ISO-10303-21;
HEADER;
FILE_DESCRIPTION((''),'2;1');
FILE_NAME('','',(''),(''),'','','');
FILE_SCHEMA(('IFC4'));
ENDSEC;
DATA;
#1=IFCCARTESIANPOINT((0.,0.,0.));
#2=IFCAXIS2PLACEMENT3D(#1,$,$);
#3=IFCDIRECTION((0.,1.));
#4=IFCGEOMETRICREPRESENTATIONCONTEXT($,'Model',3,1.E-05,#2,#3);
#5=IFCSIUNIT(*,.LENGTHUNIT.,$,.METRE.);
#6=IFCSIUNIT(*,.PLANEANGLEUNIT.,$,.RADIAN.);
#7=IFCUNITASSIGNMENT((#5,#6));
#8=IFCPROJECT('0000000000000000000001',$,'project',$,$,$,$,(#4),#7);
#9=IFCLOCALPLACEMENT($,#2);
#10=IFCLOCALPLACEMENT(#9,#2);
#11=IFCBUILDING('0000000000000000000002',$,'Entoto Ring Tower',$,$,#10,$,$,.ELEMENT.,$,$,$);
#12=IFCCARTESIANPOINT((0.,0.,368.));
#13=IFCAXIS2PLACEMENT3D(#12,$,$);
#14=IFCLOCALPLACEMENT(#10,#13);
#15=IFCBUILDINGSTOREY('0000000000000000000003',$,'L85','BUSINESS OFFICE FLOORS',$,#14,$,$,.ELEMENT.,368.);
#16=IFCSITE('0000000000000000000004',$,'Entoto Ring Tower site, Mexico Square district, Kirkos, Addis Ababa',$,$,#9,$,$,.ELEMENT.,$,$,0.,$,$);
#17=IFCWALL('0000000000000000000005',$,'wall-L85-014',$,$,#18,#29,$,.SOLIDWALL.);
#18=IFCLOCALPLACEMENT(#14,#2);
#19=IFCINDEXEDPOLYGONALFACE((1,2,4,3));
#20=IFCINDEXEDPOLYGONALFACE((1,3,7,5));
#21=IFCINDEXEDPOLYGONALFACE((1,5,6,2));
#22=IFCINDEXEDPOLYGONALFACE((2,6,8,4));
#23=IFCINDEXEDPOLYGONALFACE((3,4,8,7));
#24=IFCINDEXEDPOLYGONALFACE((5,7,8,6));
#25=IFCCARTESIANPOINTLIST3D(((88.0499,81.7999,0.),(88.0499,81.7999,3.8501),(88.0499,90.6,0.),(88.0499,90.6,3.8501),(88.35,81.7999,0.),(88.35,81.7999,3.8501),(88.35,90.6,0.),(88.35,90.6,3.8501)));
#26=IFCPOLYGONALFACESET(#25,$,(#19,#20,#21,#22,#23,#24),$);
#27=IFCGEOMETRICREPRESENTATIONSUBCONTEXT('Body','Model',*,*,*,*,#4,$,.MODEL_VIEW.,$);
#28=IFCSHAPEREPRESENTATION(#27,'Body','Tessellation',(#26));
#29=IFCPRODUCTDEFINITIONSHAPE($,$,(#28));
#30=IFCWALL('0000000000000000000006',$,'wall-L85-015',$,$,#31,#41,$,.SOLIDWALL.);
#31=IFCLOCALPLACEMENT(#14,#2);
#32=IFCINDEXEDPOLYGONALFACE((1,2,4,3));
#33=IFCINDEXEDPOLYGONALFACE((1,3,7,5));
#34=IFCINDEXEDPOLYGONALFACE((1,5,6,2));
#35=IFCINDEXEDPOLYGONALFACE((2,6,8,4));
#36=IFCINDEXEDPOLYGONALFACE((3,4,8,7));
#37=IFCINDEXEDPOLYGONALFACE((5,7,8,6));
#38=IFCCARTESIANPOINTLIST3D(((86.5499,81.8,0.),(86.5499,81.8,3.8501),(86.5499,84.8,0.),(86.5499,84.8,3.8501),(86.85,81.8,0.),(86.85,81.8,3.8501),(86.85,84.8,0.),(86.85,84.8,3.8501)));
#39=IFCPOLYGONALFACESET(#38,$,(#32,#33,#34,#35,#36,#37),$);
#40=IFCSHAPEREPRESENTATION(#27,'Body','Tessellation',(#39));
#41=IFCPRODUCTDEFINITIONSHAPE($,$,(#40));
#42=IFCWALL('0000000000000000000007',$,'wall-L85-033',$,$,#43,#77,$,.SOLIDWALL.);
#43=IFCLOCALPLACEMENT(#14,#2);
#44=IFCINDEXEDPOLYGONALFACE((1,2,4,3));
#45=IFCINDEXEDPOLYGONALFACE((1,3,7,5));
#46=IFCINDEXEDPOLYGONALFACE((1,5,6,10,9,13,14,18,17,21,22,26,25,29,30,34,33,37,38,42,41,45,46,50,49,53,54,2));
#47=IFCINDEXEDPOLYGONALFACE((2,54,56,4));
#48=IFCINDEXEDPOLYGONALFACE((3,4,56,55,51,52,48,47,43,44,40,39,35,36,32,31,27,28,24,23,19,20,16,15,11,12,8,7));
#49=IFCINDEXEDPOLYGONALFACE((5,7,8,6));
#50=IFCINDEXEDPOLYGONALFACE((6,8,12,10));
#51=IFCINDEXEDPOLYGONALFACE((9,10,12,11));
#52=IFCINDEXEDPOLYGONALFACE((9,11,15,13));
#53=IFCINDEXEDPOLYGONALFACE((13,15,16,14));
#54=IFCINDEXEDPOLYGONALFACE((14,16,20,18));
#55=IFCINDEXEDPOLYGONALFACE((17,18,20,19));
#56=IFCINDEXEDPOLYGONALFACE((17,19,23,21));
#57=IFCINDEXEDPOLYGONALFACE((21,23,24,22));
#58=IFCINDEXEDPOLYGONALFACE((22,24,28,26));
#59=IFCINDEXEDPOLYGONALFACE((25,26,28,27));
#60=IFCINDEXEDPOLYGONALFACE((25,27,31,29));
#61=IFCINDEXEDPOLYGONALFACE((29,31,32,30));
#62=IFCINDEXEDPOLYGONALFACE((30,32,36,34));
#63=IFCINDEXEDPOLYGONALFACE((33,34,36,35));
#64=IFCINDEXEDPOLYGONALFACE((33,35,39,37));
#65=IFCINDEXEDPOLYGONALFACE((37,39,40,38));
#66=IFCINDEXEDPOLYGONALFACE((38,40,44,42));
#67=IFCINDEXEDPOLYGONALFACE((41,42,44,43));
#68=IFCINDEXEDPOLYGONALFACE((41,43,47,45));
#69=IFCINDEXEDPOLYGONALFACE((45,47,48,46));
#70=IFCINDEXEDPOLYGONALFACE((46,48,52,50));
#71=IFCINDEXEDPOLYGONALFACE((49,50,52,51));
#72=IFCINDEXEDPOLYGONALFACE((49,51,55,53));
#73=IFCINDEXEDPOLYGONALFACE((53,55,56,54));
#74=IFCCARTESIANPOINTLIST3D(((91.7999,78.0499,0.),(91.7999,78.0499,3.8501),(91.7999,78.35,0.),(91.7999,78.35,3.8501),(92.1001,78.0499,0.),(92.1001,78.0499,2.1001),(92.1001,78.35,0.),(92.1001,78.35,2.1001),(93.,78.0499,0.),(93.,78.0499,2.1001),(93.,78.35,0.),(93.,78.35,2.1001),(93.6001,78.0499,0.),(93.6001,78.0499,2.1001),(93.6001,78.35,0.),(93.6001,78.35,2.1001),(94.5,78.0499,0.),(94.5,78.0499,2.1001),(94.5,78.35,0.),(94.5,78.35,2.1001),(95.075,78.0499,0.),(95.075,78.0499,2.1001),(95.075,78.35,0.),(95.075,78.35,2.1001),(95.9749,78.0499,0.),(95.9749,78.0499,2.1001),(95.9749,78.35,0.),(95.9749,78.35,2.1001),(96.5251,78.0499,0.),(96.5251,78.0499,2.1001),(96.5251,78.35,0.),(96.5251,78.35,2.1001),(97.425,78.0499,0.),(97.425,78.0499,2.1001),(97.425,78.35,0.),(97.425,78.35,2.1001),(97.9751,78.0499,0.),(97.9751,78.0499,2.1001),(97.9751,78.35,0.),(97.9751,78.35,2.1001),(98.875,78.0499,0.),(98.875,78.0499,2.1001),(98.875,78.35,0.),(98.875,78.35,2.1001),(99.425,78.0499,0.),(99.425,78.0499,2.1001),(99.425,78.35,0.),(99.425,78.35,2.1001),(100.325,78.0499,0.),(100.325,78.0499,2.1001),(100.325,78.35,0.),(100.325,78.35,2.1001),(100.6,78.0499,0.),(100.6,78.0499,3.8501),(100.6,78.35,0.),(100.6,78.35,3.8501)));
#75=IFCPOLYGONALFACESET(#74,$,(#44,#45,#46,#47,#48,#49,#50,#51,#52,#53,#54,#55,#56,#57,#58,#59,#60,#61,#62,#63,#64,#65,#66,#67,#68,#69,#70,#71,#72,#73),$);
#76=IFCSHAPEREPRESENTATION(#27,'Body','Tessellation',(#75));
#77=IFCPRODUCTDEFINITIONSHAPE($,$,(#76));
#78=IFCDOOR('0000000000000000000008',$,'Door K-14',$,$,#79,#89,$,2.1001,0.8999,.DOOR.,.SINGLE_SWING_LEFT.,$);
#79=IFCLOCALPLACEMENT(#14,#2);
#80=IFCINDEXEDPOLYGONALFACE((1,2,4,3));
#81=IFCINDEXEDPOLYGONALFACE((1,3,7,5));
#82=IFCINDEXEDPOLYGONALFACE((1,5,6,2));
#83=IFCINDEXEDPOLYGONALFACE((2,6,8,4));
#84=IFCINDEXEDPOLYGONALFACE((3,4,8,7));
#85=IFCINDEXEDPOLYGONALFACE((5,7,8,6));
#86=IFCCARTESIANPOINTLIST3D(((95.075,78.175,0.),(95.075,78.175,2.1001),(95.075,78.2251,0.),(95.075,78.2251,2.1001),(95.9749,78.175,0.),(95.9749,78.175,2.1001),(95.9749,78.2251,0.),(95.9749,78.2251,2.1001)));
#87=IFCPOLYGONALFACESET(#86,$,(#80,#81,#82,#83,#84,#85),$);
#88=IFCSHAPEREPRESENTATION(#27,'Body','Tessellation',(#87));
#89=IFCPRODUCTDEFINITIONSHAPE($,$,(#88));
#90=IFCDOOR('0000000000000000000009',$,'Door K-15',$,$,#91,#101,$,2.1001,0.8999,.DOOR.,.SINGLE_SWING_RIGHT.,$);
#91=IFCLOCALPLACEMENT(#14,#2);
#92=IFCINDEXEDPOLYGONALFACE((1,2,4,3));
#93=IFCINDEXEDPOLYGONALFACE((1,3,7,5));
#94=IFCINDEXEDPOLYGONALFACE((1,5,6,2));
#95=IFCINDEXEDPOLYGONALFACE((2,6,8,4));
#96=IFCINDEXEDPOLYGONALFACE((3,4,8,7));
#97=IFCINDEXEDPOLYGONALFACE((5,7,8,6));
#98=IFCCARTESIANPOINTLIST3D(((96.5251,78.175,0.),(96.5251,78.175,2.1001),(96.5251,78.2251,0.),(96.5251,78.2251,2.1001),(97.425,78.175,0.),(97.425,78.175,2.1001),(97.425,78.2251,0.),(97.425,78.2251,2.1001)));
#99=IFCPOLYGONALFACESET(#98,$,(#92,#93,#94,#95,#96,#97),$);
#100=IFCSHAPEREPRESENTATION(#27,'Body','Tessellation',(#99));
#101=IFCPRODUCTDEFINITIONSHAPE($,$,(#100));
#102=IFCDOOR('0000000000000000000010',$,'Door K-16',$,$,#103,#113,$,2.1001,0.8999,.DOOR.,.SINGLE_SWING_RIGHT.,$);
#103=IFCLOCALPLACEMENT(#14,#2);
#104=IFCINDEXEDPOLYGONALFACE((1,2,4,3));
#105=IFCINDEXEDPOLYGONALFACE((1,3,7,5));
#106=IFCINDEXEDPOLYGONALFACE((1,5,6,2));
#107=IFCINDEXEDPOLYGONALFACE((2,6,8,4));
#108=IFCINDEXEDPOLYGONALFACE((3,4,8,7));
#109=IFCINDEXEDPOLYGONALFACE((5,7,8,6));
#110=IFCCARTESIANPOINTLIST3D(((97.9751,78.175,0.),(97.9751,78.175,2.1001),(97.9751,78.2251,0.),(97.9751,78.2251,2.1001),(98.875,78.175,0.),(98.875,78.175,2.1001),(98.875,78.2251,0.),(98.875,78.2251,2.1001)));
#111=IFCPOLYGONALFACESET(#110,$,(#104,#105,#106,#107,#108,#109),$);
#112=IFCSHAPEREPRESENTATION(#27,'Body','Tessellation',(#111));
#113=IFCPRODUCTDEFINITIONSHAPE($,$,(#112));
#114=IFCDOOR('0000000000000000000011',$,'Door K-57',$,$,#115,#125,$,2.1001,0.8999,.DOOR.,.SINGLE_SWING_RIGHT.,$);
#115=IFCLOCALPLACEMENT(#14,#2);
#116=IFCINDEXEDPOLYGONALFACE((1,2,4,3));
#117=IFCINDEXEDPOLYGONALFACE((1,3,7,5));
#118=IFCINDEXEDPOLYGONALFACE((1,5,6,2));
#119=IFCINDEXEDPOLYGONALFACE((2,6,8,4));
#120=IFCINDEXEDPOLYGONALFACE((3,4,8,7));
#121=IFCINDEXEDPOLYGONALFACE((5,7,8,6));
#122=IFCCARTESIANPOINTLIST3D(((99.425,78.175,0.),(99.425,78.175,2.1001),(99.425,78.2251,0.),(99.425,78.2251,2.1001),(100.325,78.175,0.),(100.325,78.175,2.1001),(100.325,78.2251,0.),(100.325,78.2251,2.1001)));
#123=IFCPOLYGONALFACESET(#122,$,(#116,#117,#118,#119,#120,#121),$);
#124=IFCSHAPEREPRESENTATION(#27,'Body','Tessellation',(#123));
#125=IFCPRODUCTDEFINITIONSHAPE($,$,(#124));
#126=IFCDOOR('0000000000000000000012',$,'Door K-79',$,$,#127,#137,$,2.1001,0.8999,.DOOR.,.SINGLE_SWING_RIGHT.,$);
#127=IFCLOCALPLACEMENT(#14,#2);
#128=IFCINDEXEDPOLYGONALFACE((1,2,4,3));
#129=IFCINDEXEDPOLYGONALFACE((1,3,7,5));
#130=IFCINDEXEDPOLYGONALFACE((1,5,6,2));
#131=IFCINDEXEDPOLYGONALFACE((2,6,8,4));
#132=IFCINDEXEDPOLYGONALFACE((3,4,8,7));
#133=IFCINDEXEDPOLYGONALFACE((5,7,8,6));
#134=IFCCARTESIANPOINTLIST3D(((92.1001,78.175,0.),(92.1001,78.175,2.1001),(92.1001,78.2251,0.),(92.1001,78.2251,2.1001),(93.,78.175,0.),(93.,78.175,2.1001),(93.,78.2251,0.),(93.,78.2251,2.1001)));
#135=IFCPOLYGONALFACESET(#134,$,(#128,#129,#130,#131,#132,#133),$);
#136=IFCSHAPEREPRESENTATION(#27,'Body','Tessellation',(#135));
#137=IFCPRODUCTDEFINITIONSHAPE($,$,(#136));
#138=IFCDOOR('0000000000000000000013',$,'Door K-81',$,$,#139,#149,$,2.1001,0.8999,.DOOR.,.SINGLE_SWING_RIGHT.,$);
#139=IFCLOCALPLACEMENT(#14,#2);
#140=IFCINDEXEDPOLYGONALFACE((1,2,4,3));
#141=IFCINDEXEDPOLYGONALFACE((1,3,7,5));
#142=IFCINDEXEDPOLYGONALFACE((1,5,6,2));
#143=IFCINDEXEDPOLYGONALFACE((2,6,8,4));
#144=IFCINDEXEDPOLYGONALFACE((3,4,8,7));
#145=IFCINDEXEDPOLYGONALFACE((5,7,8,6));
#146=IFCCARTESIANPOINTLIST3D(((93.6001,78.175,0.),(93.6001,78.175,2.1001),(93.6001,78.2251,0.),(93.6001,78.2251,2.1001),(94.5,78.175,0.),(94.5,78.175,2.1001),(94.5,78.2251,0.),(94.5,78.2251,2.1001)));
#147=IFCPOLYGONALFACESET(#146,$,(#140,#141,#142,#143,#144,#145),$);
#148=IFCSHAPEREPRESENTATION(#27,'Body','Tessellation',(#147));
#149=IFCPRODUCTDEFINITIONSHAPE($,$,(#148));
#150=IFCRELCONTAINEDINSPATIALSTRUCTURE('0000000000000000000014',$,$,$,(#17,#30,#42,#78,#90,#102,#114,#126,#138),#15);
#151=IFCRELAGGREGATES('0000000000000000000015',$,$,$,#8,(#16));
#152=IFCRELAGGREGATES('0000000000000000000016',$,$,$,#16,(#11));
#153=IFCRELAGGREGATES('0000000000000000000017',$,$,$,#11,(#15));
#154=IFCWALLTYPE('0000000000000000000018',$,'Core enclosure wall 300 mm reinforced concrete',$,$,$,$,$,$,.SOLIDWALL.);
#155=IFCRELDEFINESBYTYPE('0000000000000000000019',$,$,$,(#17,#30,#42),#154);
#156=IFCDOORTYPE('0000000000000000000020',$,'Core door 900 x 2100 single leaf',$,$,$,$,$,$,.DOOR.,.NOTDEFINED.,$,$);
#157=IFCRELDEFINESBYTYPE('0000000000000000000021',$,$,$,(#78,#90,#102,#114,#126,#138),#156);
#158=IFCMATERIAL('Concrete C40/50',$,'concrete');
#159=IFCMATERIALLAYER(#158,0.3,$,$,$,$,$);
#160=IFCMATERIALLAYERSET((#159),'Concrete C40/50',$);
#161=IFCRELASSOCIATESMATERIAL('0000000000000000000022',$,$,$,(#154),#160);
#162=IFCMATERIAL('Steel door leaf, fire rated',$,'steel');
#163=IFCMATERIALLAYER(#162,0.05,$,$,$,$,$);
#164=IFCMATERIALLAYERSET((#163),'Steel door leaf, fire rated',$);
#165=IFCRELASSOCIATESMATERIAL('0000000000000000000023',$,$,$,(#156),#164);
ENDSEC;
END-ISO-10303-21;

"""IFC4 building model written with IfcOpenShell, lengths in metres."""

from ifc_helpers import new_model, si_unit, direction, frame, frame_2d, origin, place, context, subcontext, project, spatial, rectangle, extrude, material, layer, layer_set, type_object, element, fill, save


model = new_model("IFC4")

# Units and contexts
model_context = context("Model", 3, precision=1e-05, world=origin(), true_north=direction((0.0, 1.0)))
body_context = subcontext(model_context, "Body", "Model", "MODEL_VIEW")
ifc_project = project(units=[si_unit("LENGTHUNIT", "METRE"), si_unit("PLANEANGLEUNIT", "RADIAN")], contexts=[model_context])

# Site, building, storey
site_placement = place(None, origin())
site = spatial("IfcSite", under=ifc_project, at=site_placement, Name="Entoto Ring Tower site, Mexico Square district, Kirkos, Addis Ababa", CompositionType="ELEMENT", RefElevation=0.0)
building_placement = place(site_placement, origin())
building = spatial("IfcBuilding", under=site, at=building_placement, Name="Entoto Ring Tower", CompositionType="ELEMENT")
storey_placement = place(building_placement, frame((0.0, 0.0, 368.0)))
storey = spatial("IfcBuildingStorey", under=building, at=storey_placement, Name="L85", Description="BUSINESS OFFICE FLOORS", CompositionType="ELEMENT", Elevation=368.0)

# Shared definitions
ifc_material_1 = material(Name="Concrete C40/50", Category="concrete")
ifc_layer_1 = layer(ifc_material_1, 0.3)
ifc_layer_set_1 = layer_set([ifc_layer_1], Name="Concrete C40/50")
wall_type = type_object("IfcWallType", Name="Core enclosure wall 300 mm reinforced concrete", PredefinedType="SOLIDWALL", material=ifc_layer_set_1)

# Shared definitions
ifc_material_2 = material(Name="Steel door leaf, fire rated", Category="steel")
ifc_layer_2 = layer(ifc_material_2, 0.05)
ifc_layer_set_2 = layer_set([ifc_layer_2], Name="Steel door leaf, fire rated")
door_type_1 = type_object("IfcDoorType", Name="Core door 900 x 2100 single leaf", OperationType="NOTDEFINED", PredefinedType="DOOR", material=ifc_layer_set_2)

# Walls
wall_1_placement = place(storey_placement, frame((88.2, 81.8, 0.0), z_axis=(0.0, 0.0, 1.0), x_axis=(0.0, 1.0, 0.0)))
element("IfcWall", 1, at=wall_1_placement, inside=storey, type_object=wall_type, Name="wall-L85-014", PredefinedType="SOLIDWALL", context=body_context, shape_type="SweptSolid", body=[
    extrude(rectangle(XDim=8.8, YDim=0.3, at=frame_2d((4.3999, 0.0))), origin(), (0.0, 0.0, 1.0), 3.8501),
])
wall_2_placement = place(storey_placement, frame((86.7, 81.8, 0.0), z_axis=(0.0, 0.0, 1.0), x_axis=(0.0, 1.0, 0.0)))
element("IfcWall", 2, at=wall_2_placement, inside=storey, type_object=wall_type, Name="wall-L85-015", PredefinedType="SOLIDWALL", context=body_context, shape_type="SweptSolid", body=[
    extrude(rectangle(XDim=3.0, YDim=0.3, at=frame_2d((1.5, 0.0))), origin(), (0.0, 0.0, 1.0), 3.8501),
])

# Wall, openings, doors
wall_3_placement = place(storey_placement, frame((91.8, 78.2, 0.0), z_axis=(0.0, 0.0, 1.0), x_axis=(1.0, 0.0, 0.0)))
wall_3 = element("IfcWall", 3, at=wall_3_placement, inside=storey, type_object=wall_type, Name="wall-L85-033", PredefinedType="SOLIDWALL", context=body_context, shape_type="SweptSolid", body=[
    extrude(rectangle(XDim=8.8, YDim=0.3, at=frame_2d((4.3999, 0.0))), origin(), (0.0, 0.0, 1.0), 3.8501),
])
opening_1_placement = place(wall_3_placement, frame((3.2749, 0.0, 0.0)))
opening_1 = element("IfcOpeningElement", 4, at=opening_1_placement, cuts=wall_3, PredefinedType="OPENING", context=body_context, shape_type="SweptSolid", body=[
    extrude(rectangle(XDim=0.8999, YDim=2.1001, at=frame_2d((0.45, 1.05))), frame((0.0, 0.1602, 0.0), z_axis=(0.0, -1.0, 0.0), x_axis=(1.0, 0.0, 0.0)), (0.0, 0.0, 1.0), 0.3201),
])
opening_2_placement = place(wall_3_placement, frame((4.7251, 0.0, 0.0)))
opening_2 = element("IfcOpeningElement", 5, at=opening_2_placement, cuts=wall_3, PredefinedType="OPENING", context=body_context, shape_type="SweptSolid", body=[
    extrude(rectangle(XDim=0.8999, YDim=2.1001, at=frame_2d((0.45, 1.05))), frame((0.0, 0.1602, 0.0), z_axis=(0.0, -1.0, 0.0), x_axis=(1.0, 0.0, 0.0)), (0.0, 0.0, 1.0), 0.3201),
])
opening_3_placement = place(wall_3_placement, frame((6.175, 0.0, 0.0)))
opening_3 = element("IfcOpeningElement", 6, at=opening_3_placement, cuts=wall_3, PredefinedType="OPENING", context=body_context, shape_type="SweptSolid", body=[
    extrude(rectangle(XDim=0.8999, YDim=2.1001, at=frame_2d((0.45, 1.05))), frame((0.0, 0.1602, 0.0), z_axis=(0.0, -1.0, 0.0), x_axis=(1.0, 0.0, 0.0)), (0.0, 0.0, 1.0), 0.3201),
])
opening_4_placement = place(wall_3_placement, frame((7.625, 0.0, 0.0)))
opening_4 = element("IfcOpeningElement", 7, at=opening_4_placement, cuts=wall_3, PredefinedType="OPENING", context=body_context, shape_type="SweptSolid", body=[
    extrude(rectangle(XDim=0.8999, YDim=2.1001, at=frame_2d((0.45, 1.05))), frame((0.0, 0.1602, 0.0), z_axis=(0.0, -1.0, 0.0), x_axis=(1.0, 0.0, 0.0)), (0.0, 0.0, 1.0), 0.3201),
])
opening_5_placement = place(wall_3_placement, frame((0.3, 0.0, 0.0)))
opening_5 = element("IfcOpeningElement", 8, at=opening_5_placement, cuts=wall_3, PredefinedType="OPENING", context=body_context, shape_type="SweptSolid", body=[
    extrude(rectangle(XDim=0.8999, YDim=2.1001, at=frame_2d((0.45, 1.05))), frame((0.0, 0.1602, 0.0), z_axis=(0.0, -1.0, 0.0), x_axis=(1.0, 0.0, 0.0)), (0.0, 0.0, 1.0), 0.3201),
])
opening_6_placement = place(wall_3_placement, frame((1.8, 0.0, 0.0)))
opening_6 = element("IfcOpeningElement", 9, at=opening_6_placement, cuts=wall_3, PredefinedType="OPENING", context=body_context, shape_type="SweptSolid", body=[
    extrude(rectangle(XDim=0.8999, YDim=2.1001, at=frame_2d((0.45, 1.05))), frame((0.0, 0.1602, 0.0), z_axis=(0.0, -1.0, 0.0), x_axis=(1.0, 0.0, 0.0)), (0.0, 0.0, 1.0), 0.3201),
])
door_1_placement = place(opening_1_placement, frame((0.8999, 0.0, 0.0), z_axis=(0.0, 0.0, 1.0), x_axis=(-1.0, 0.0, 0.0)))
door_1 = element("IfcDoor", 10, at=door_1_placement, inside=storey, type_object=door_type_1, Name="Door K-14", OperationType="SINGLE_SWING_LEFT", OverallHeight=2.1001, OverallWidth=0.8999, PredefinedType="DOOR", context=body_context, shape_type="SweptSolid", body=[
    extrude(rectangle(XDim=0.8999, YDim=2.1001, at=frame_2d((0.45, 1.05))), frame((0.0, 0.0249, 0.0), z_axis=(0.0, -1.0, 0.0), x_axis=(1.0, 0.0, 0.0)), (0.0, 0.0, 1.0), 0.05),
])
fill(opening_1, door_1)
door_2_placement = place(opening_2_placement, frame((0.8999, 0.0, 0.0), z_axis=(0.0, 0.0, 1.0), x_axis=(-1.0, 0.0, 0.0)))
door_2 = element("IfcDoor", 11, at=door_2_placement, inside=storey, type_object=door_type_1, Name="Door K-15", OperationType="SINGLE_SWING_RIGHT", OverallHeight=2.1001, OverallWidth=0.8999, PredefinedType="DOOR", context=body_context, shape_type="SweptSolid", body=[
    extrude(rectangle(XDim=0.8999, YDim=2.1001, at=frame_2d((0.45, 1.05))), frame((0.0, 0.0249, 0.0), z_axis=(0.0, -1.0, 0.0), x_axis=(1.0, 0.0, 0.0)), (0.0, 0.0, 1.0), 0.05),
])
fill(opening_2, door_2)
door_3_placement = place(opening_3_placement, frame((0.8999, 0.0, 0.0), z_axis=(0.0, 0.0, 1.0), x_axis=(-1.0, 0.0, 0.0)))
door_3 = element("IfcDoor", 12, at=door_3_placement, inside=storey, type_object=door_type_1, Name="Door K-16", OperationType="SINGLE_SWING_RIGHT", OverallHeight=2.1001, OverallWidth=0.8999, PredefinedType="DOOR", context=body_context, shape_type="SweptSolid", body=[
    extrude(rectangle(XDim=0.8999, YDim=2.1001, at=frame_2d((0.45, 1.05))), frame((0.0, 0.0249, 0.0), z_axis=(0.0, -1.0, 0.0), x_axis=(1.0, 0.0, 0.0)), (0.0, 0.0, 1.0), 0.05),
])
fill(opening_3, door_3)
door_4_placement = place(opening_4_placement, frame((0.8999, 0.0, 0.0), z_axis=(0.0, 0.0, 1.0), x_axis=(-1.0, 0.0, 0.0)))
door_4 = element("IfcDoor", 13, at=door_4_placement, inside=storey, type_object=door_type_1, Name="Door K-57", OperationType="SINGLE_SWING_RIGHT", OverallHeight=2.1001, OverallWidth=0.8999, PredefinedType="DOOR", context=body_context, shape_type="SweptSolid", body=[
    extrude(rectangle(XDim=0.8999, YDim=2.1001, at=frame_2d((0.45, 1.05))), frame((0.0, 0.0249, 0.0), z_axis=(0.0, -1.0, 0.0), x_axis=(1.0, 0.0, 0.0)), (0.0, 0.0, 1.0), 0.05),
])
fill(opening_4, door_4)
door_5_placement = place(opening_5_placement, frame((0.8999, 0.0, 0.0), z_axis=(0.0, 0.0, 1.0), x_axis=(-1.0, 0.0, 0.0)))
door_5 = element("IfcDoor", 14, at=door_5_placement, inside=storey, type_object=door_type_1, Name="Door K-79", OperationType="SINGLE_SWING_RIGHT", OverallHeight=2.1001, OverallWidth=0.8999, PredefinedType="DOOR", context=body_context, shape_type="SweptSolid", body=[
    extrude(rectangle(XDim=0.8999, YDim=2.1001, at=frame_2d((0.45, 1.05))), frame((0.0, 0.0249, 0.0), z_axis=(0.0, -1.0, 0.0), x_axis=(1.0, 0.0, 0.0)), (0.0, 0.0, 1.0), 0.05),
])
fill(opening_5, door_5)
door_6_placement = place(opening_6_placement, frame((0.8999, 0.0, 0.0), z_axis=(0.0, 0.0, 1.0), x_axis=(-1.0, 0.0, 0.0)))
door_6 = element("IfcDoor", 15, at=door_6_placement, inside=storey, type_object=door_type_1, Name="Door K-81", OperationType="SINGLE_SWING_RIGHT", OverallHeight=2.1001, OverallWidth=0.8999, PredefinedType="DOOR", context=body_context, shape_type="SweptSolid", body=[
    extrude(rectangle(XDim=0.8999, YDim=2.1001, at=frame_2d((0.45, 1.05))), frame((0.0, 0.0249, 0.0), z_axis=(0.0, -1.0, 0.0), x_axis=(1.0, 0.0, 0.0)), (0.0, 0.0, 1.0), 0.05),
])
fill(opening_6, door_6)

save(model, "model.ifc")
